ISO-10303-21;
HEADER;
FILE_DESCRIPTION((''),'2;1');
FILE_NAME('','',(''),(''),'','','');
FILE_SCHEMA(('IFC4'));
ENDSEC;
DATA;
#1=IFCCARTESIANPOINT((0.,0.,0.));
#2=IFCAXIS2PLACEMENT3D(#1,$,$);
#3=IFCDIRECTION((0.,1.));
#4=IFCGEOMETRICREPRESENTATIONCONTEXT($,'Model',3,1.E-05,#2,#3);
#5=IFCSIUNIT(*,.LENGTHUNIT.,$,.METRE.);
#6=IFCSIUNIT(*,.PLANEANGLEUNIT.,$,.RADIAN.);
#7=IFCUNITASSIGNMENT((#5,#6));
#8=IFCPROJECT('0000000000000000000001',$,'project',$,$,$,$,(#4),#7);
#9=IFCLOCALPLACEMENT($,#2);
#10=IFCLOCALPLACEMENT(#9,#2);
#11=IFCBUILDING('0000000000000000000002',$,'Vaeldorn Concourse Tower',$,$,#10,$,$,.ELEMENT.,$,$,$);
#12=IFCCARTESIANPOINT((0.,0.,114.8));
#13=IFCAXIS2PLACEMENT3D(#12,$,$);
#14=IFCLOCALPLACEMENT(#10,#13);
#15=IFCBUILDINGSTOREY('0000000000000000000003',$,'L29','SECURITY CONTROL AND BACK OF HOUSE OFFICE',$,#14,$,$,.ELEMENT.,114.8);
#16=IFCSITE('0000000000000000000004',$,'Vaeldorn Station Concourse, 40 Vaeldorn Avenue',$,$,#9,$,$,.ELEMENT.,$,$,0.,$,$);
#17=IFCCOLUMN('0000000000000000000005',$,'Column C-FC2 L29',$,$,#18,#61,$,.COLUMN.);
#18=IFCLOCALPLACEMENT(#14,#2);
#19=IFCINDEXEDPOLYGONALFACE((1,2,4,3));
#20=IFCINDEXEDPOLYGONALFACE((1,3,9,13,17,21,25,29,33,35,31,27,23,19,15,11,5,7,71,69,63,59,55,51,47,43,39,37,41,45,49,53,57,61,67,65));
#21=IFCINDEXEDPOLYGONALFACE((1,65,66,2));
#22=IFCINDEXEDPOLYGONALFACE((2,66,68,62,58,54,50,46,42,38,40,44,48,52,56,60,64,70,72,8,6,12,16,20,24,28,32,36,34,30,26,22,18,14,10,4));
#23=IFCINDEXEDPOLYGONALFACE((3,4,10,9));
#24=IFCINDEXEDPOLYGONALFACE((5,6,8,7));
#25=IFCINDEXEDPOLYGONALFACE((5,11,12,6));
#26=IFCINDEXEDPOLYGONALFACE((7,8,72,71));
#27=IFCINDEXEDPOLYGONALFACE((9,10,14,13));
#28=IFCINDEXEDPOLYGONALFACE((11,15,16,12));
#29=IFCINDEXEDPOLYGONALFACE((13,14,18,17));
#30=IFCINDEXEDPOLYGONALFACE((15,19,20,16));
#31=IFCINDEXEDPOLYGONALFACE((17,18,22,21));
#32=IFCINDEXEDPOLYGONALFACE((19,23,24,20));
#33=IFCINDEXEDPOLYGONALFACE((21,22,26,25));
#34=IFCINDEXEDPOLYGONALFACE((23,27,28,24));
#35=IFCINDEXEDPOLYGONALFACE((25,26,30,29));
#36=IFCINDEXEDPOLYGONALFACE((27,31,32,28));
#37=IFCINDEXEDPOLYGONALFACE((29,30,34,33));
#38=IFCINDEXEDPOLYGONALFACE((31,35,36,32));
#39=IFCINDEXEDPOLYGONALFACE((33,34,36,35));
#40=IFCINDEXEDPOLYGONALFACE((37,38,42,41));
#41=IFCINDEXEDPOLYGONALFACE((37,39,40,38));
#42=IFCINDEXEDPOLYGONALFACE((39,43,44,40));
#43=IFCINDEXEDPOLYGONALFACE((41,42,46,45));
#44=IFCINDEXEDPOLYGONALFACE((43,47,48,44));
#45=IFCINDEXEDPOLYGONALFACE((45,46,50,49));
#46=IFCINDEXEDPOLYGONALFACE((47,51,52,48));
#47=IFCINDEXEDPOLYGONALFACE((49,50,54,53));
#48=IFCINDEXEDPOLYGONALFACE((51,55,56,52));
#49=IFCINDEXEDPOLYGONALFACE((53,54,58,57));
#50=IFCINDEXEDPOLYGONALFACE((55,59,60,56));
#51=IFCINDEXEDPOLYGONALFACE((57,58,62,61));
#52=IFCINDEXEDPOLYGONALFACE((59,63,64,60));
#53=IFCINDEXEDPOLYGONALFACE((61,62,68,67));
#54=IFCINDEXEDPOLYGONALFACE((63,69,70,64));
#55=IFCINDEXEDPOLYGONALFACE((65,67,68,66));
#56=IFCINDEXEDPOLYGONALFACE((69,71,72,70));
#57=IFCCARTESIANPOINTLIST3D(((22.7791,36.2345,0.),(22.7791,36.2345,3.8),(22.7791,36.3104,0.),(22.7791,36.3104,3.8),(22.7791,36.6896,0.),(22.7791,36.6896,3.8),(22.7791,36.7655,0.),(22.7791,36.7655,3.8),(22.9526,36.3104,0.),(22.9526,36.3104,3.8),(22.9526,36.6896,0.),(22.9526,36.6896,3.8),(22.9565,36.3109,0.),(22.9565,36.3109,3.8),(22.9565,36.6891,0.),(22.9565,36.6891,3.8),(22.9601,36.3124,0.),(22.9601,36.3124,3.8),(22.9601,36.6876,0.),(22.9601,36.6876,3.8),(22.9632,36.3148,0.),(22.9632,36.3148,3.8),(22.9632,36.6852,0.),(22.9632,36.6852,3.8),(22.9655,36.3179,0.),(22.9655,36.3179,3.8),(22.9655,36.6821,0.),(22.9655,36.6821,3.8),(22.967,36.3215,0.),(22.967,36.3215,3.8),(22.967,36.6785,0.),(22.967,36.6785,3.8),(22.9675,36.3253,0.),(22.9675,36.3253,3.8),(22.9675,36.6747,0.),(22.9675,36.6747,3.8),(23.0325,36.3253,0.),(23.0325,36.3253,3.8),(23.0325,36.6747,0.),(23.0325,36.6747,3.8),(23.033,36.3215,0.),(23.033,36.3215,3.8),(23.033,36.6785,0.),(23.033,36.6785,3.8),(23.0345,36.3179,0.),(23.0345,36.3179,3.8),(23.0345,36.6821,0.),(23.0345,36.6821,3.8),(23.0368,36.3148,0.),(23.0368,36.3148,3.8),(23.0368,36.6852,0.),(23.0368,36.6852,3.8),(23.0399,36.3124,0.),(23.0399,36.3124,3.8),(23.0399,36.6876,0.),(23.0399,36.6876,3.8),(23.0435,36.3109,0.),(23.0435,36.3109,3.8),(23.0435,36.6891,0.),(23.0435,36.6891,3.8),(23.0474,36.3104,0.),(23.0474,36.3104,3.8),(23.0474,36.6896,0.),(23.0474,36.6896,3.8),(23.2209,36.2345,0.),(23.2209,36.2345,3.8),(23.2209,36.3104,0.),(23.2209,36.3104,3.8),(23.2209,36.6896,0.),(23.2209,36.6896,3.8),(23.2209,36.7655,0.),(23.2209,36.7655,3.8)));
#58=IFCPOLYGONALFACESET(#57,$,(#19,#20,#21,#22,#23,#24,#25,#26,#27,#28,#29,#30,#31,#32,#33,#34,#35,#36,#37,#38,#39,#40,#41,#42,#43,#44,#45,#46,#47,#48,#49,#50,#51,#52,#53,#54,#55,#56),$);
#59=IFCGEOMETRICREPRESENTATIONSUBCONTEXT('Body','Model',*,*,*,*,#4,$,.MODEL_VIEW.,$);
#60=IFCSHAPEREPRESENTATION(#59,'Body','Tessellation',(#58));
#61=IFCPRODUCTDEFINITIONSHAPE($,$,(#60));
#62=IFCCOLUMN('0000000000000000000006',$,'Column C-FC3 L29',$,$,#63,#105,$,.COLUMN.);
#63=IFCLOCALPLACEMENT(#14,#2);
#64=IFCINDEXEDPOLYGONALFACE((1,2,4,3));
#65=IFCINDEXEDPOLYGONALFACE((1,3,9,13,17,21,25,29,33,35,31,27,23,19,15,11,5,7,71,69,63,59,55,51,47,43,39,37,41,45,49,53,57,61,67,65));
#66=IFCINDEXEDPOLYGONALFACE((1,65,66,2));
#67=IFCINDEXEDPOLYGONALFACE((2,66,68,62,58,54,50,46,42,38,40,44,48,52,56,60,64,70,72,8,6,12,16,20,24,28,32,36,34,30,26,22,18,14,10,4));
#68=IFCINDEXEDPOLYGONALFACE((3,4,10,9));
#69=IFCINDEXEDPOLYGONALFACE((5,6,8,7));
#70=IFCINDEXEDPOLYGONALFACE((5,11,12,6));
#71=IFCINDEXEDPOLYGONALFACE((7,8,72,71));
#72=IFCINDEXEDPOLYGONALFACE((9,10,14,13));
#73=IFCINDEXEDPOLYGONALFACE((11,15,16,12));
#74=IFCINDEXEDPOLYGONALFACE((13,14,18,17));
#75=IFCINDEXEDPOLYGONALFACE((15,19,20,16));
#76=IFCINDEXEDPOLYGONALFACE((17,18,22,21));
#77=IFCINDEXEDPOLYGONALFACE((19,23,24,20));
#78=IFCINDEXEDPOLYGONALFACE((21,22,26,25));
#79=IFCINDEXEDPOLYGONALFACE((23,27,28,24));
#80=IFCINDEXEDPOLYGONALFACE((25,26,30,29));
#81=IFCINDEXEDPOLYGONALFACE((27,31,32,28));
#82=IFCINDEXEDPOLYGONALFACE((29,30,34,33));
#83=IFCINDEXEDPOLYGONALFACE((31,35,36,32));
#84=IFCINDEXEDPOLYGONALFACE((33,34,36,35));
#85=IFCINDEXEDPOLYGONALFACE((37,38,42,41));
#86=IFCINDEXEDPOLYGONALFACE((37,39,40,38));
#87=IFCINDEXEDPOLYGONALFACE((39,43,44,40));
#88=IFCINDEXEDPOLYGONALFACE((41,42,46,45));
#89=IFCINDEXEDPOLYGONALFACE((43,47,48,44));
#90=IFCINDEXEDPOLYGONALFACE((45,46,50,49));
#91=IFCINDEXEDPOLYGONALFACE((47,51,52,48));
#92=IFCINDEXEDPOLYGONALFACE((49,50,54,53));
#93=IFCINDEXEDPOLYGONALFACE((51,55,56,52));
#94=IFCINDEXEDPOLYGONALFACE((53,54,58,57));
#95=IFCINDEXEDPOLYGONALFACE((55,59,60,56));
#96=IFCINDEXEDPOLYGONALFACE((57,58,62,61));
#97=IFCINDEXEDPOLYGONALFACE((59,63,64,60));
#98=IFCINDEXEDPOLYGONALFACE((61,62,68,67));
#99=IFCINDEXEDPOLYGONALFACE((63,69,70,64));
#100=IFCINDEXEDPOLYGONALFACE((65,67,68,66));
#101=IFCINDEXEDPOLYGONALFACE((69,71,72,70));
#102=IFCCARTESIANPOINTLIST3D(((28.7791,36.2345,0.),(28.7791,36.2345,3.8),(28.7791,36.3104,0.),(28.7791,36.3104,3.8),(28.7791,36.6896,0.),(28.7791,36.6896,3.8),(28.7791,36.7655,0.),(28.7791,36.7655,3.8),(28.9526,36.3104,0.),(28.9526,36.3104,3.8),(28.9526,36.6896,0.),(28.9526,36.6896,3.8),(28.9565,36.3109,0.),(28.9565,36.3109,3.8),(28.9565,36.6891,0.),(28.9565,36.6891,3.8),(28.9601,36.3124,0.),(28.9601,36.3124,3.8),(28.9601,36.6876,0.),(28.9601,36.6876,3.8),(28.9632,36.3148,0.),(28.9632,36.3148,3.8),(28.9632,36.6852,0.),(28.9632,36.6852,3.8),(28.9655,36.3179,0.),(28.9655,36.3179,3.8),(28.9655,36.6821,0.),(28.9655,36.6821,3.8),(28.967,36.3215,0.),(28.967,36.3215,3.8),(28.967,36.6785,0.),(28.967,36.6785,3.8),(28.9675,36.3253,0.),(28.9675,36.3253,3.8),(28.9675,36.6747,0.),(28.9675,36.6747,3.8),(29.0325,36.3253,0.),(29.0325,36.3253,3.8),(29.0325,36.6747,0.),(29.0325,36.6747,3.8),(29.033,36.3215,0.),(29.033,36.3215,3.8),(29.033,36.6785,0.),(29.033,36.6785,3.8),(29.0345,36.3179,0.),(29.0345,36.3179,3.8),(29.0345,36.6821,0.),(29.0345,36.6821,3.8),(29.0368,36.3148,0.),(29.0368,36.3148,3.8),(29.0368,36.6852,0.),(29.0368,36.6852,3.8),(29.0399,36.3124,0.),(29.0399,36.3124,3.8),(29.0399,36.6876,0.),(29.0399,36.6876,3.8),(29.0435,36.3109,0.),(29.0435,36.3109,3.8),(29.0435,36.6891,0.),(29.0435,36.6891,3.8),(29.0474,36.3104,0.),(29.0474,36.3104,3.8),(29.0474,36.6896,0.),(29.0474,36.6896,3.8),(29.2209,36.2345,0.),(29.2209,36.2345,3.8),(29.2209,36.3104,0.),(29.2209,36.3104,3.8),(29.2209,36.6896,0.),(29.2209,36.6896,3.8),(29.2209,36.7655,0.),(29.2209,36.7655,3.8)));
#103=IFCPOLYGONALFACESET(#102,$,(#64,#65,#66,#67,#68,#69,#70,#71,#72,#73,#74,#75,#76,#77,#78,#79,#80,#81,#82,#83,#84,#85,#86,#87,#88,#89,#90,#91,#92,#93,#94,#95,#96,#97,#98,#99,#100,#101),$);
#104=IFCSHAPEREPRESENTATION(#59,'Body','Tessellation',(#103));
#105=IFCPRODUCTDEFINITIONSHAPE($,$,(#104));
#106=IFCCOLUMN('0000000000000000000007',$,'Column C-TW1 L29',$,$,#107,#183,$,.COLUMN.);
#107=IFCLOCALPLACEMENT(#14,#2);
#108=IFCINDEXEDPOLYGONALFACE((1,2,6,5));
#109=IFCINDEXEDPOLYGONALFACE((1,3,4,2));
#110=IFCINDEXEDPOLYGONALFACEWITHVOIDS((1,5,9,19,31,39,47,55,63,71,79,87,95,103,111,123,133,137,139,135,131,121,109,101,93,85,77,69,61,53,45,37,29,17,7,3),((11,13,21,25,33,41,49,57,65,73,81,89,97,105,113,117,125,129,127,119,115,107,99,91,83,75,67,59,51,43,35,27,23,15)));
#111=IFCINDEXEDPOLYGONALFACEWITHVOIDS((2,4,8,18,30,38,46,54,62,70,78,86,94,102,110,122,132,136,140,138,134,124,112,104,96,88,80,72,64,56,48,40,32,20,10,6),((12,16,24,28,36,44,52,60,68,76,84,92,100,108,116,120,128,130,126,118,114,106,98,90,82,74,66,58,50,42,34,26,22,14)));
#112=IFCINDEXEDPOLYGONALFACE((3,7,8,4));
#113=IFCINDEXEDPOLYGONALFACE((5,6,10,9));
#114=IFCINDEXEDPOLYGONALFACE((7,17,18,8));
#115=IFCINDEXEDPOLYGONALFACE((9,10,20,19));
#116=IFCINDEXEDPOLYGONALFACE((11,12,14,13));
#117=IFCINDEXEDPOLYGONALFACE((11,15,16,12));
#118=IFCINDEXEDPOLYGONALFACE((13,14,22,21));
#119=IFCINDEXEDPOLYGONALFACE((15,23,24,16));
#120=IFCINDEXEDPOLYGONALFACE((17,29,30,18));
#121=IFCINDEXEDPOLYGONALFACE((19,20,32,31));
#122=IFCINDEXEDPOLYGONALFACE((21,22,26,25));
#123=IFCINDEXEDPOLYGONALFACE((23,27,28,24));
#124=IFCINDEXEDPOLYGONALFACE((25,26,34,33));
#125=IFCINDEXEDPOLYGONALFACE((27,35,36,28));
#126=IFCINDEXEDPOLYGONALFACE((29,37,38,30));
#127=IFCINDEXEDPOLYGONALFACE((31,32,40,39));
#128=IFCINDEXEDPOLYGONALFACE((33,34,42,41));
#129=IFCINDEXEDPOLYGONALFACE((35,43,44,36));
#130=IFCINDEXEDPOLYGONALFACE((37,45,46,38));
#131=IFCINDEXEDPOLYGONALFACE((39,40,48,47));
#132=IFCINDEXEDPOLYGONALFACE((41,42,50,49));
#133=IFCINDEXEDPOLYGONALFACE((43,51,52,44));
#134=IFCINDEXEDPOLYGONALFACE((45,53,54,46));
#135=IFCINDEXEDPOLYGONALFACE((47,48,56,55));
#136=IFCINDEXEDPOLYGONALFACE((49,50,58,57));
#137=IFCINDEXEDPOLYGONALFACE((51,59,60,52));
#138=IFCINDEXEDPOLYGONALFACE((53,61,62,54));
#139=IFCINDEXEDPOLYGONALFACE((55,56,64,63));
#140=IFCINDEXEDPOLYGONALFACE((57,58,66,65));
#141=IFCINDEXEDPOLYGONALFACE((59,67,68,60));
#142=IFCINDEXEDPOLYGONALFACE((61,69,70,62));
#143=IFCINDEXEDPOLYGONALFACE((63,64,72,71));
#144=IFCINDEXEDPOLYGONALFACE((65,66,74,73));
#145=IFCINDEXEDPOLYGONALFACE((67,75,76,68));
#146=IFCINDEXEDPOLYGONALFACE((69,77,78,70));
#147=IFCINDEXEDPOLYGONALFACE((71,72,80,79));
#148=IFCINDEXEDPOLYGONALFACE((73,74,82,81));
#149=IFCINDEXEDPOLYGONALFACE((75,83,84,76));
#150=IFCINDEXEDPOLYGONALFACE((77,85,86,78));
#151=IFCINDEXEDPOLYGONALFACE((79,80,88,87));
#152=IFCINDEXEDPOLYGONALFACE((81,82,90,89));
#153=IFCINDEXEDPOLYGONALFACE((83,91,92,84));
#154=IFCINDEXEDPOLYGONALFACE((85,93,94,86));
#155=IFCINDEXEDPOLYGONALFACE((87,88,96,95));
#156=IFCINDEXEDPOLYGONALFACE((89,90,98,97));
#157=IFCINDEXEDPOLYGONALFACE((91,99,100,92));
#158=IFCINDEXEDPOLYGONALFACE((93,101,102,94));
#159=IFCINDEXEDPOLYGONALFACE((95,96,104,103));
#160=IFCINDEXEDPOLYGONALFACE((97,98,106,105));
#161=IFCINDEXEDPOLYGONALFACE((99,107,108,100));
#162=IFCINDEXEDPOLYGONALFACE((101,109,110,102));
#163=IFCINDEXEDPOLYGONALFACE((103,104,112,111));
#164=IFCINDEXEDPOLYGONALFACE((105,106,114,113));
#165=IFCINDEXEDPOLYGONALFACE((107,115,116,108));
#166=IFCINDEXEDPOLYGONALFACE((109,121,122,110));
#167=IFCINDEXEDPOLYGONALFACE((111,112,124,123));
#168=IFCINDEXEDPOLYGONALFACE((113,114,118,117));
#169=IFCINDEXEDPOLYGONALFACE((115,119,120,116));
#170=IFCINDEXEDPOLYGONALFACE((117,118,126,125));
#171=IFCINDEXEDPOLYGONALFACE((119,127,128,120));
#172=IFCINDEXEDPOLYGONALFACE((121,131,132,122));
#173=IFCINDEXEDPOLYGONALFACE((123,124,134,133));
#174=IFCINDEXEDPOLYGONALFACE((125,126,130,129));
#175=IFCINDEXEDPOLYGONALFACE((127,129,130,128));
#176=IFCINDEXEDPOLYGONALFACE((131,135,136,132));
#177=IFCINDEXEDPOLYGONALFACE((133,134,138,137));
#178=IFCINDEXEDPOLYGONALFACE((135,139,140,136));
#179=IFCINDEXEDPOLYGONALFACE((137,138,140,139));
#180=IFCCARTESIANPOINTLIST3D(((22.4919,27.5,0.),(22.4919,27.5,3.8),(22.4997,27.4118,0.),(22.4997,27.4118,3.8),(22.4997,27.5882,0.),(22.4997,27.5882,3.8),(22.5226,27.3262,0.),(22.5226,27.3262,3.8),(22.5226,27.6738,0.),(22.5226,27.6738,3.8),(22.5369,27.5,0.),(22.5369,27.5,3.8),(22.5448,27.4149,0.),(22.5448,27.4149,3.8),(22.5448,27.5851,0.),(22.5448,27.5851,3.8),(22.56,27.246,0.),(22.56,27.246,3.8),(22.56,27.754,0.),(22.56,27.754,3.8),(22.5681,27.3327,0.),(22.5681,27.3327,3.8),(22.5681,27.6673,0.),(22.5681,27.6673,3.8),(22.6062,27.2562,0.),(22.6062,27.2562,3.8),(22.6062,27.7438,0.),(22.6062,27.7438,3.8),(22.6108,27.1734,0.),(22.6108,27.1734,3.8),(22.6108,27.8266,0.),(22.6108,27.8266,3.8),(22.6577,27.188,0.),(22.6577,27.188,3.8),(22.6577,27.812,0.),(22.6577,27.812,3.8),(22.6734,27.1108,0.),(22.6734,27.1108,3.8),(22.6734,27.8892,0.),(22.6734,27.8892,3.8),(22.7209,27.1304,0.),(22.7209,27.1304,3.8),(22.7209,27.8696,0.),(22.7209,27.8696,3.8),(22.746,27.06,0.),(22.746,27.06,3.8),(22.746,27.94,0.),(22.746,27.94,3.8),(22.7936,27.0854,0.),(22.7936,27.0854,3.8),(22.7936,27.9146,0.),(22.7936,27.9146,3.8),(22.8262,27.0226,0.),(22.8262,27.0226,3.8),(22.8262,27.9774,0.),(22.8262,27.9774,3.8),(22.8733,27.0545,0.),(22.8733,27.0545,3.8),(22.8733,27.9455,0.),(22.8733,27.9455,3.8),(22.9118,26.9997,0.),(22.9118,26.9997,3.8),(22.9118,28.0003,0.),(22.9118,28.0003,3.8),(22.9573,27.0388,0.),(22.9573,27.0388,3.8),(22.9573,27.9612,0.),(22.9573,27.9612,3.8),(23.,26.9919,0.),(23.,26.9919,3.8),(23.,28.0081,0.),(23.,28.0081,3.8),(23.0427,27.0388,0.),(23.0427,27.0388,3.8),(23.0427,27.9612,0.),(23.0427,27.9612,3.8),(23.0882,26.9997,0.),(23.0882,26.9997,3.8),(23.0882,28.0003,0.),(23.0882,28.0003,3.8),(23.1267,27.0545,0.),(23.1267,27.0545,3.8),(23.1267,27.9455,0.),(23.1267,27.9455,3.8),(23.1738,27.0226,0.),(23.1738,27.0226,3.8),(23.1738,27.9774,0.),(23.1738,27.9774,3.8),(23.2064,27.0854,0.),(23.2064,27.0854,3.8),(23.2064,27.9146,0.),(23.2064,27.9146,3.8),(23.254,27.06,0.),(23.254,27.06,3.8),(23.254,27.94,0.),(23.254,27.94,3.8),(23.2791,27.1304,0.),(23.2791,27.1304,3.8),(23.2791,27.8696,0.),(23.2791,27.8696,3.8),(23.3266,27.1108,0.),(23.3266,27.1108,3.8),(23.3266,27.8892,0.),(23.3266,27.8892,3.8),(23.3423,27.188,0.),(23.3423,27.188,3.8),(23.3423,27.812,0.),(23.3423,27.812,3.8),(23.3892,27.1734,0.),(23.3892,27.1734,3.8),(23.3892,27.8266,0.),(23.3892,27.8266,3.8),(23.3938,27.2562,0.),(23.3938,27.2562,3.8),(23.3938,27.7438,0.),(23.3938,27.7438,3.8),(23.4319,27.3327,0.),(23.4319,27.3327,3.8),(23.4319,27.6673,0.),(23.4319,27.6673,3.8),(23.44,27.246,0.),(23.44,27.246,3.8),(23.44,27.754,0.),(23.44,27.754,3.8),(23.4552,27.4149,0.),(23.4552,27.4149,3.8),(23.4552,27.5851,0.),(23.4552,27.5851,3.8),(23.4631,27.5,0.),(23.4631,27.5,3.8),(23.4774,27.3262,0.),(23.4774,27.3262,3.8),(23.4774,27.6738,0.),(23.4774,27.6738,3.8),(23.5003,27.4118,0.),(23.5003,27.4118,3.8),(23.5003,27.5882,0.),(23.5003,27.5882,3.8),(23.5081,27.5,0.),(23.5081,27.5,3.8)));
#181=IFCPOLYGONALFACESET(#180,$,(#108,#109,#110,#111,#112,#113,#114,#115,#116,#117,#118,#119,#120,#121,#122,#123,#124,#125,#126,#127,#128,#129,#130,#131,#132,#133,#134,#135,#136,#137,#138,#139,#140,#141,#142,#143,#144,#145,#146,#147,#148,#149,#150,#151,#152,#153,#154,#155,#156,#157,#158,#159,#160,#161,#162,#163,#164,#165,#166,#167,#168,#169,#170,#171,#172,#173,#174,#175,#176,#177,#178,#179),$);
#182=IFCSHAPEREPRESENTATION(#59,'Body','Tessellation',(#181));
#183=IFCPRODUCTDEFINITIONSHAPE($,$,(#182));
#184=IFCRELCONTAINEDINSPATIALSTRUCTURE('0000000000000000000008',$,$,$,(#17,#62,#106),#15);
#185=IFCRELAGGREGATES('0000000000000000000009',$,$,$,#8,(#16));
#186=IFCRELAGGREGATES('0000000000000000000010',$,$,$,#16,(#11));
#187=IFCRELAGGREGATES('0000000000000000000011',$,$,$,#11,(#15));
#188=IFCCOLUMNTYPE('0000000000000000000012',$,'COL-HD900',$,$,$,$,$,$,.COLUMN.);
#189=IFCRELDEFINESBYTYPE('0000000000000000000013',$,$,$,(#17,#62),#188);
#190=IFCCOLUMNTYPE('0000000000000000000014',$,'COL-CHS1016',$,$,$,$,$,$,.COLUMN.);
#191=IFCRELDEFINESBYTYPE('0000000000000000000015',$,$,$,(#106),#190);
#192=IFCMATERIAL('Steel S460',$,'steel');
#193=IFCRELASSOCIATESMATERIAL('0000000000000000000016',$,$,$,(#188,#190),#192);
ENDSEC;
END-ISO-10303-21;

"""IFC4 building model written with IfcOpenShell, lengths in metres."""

from ifc_helpers import new_model, si_unit, direction, frame, origin, origin_2d, place, context, subcontext, project, spatial, hollow_circle, i_section, extrude, source, transform, mapped, material, material_profile, profile_set, type_object, element, save


model = new_model("IFC4")

# Units and contexts
model_context = context("Model", 3, precision=1e-05, world=origin(), true_north=direction((0.0, 1.0)))
body_context = subcontext(model_context, "Body", "Model", "MODEL_VIEW")
ifc_project = project(units=[si_unit("LENGTHUNIT", "METRE"), si_unit("PLANEANGLEUNIT", "RADIAN")], contexts=[model_context])

# Site, building, storey
site_placement = place(None, origin())
site = spatial("IfcSite", under=ifc_project, at=site_placement, Name="Vaeldorn Station Concourse, 40 Vaeldorn Avenue", CompositionType="ELEMENT", RefElevation=0.0)
building_placement = place(site_placement, origin())
building = spatial("IfcBuilding", under=site, at=building_placement, Name="Vaeldorn Concourse Tower", CompositionType="ELEMENT")
storey_placement = place(building_placement, frame((0.0, 0.0, 114.8)))
storey = spatial("IfcBuildingStorey", under=building, at=storey_placement, Name="L29", Description="SECURITY CONTROL AND BACK OF HOUSE OFFICE", CompositionType="ELEMENT", Elevation=114.8)

# Columns
ifc_material_1 = material(Name="Steel S460", Category="steel")
ifc_material_profile_1 = material_profile(ifc_material_1, i_section(OverallWidth=0.4419, OverallDepth=0.531, WebThickness=0.0649, FlangeThickness=0.0759, FilletRadius=0.0149, at=origin_2d()), Name="HD 400x900")
ifc_profile_set_1 = profile_set([ifc_material_profile_1], Name="Steel S460")
column_type_1 = type_object("IfcColumnType", Name="COL-HD900", PredefinedType="COLUMN", material=ifc_profile_set_1)
shared_shape_1 = source(origin(), body_context, "Body", "SweptSolid", [
    extrude(i_section(OverallWidth=0.4419, OverallDepth=0.531, WebThickness=0.0649, FlangeThickness=0.0759, FilletRadius=0.0149, at=origin_2d()), origin(), (0.0, 0.0, 1.0), 3.8),
])
for number, where, z_axis, x_axis, name in (
    (1, (23.0, 36.5, 0.0), (0.0, 0.0, 1.0), (1.0, 0.0, 0.0), "Column C-FC2 L29"),
    (2, (29.0, 36.5, 0.0), (0.0, 0.0, 1.0), (1.0, 0.0, 0.0), "Column C-FC3 L29"),
):
    element("IfcColumn", number, at=place(storey_placement, frame(where, z_axis=z_axis, x_axis=x_axis)), inside=storey, type_object=column_type_1, Name=name, PredefinedType="COLUMN", context=body_context, shape_type="MappedRepresentation", body=[
        mapped(shared_shape_1, transform((0.0, 0.0, 0.0), scale=1.0)),
    ])
ifc_material_profile_2 = material_profile(ifc_material_1, hollow_circle(Radius=0.5081, WallThickness=0.0449, at=origin_2d()), Name="CHS 1016x45")
ifc_profile_set_2 = profile_set([ifc_material_profile_2], Name="Steel S460")
column_type_2 = type_object("IfcColumnType", Name="COL-CHS1016", PredefinedType="COLUMN", material=ifc_profile_set_2)
shared_shape_2 = source(origin(), body_context, "Body", "SweptSolid", [
    extrude(hollow_circle(Radius=0.5081, WallThickness=0.0449, at=origin_2d()), origin(), (0.0, 0.0, 1.0), 3.8),
])
column_1_placement = place(storey_placement, frame((23.0, 27.5, 0.0), z_axis=(0.0, 0.0, 1.0), x_axis=(1.0, 0.0, 0.0)))
element("IfcColumn", 3, at=column_1_placement, inside=storey, type_object=column_type_2, Name="Column C-TW1 L29", PredefinedType="COLUMN", context=body_context, shape_type="MappedRepresentation", body=[
    mapped(shared_shape_2, transform((0.0, 0.0, 0.0), scale=1.0)),
])

save(model, "model.ifc")
